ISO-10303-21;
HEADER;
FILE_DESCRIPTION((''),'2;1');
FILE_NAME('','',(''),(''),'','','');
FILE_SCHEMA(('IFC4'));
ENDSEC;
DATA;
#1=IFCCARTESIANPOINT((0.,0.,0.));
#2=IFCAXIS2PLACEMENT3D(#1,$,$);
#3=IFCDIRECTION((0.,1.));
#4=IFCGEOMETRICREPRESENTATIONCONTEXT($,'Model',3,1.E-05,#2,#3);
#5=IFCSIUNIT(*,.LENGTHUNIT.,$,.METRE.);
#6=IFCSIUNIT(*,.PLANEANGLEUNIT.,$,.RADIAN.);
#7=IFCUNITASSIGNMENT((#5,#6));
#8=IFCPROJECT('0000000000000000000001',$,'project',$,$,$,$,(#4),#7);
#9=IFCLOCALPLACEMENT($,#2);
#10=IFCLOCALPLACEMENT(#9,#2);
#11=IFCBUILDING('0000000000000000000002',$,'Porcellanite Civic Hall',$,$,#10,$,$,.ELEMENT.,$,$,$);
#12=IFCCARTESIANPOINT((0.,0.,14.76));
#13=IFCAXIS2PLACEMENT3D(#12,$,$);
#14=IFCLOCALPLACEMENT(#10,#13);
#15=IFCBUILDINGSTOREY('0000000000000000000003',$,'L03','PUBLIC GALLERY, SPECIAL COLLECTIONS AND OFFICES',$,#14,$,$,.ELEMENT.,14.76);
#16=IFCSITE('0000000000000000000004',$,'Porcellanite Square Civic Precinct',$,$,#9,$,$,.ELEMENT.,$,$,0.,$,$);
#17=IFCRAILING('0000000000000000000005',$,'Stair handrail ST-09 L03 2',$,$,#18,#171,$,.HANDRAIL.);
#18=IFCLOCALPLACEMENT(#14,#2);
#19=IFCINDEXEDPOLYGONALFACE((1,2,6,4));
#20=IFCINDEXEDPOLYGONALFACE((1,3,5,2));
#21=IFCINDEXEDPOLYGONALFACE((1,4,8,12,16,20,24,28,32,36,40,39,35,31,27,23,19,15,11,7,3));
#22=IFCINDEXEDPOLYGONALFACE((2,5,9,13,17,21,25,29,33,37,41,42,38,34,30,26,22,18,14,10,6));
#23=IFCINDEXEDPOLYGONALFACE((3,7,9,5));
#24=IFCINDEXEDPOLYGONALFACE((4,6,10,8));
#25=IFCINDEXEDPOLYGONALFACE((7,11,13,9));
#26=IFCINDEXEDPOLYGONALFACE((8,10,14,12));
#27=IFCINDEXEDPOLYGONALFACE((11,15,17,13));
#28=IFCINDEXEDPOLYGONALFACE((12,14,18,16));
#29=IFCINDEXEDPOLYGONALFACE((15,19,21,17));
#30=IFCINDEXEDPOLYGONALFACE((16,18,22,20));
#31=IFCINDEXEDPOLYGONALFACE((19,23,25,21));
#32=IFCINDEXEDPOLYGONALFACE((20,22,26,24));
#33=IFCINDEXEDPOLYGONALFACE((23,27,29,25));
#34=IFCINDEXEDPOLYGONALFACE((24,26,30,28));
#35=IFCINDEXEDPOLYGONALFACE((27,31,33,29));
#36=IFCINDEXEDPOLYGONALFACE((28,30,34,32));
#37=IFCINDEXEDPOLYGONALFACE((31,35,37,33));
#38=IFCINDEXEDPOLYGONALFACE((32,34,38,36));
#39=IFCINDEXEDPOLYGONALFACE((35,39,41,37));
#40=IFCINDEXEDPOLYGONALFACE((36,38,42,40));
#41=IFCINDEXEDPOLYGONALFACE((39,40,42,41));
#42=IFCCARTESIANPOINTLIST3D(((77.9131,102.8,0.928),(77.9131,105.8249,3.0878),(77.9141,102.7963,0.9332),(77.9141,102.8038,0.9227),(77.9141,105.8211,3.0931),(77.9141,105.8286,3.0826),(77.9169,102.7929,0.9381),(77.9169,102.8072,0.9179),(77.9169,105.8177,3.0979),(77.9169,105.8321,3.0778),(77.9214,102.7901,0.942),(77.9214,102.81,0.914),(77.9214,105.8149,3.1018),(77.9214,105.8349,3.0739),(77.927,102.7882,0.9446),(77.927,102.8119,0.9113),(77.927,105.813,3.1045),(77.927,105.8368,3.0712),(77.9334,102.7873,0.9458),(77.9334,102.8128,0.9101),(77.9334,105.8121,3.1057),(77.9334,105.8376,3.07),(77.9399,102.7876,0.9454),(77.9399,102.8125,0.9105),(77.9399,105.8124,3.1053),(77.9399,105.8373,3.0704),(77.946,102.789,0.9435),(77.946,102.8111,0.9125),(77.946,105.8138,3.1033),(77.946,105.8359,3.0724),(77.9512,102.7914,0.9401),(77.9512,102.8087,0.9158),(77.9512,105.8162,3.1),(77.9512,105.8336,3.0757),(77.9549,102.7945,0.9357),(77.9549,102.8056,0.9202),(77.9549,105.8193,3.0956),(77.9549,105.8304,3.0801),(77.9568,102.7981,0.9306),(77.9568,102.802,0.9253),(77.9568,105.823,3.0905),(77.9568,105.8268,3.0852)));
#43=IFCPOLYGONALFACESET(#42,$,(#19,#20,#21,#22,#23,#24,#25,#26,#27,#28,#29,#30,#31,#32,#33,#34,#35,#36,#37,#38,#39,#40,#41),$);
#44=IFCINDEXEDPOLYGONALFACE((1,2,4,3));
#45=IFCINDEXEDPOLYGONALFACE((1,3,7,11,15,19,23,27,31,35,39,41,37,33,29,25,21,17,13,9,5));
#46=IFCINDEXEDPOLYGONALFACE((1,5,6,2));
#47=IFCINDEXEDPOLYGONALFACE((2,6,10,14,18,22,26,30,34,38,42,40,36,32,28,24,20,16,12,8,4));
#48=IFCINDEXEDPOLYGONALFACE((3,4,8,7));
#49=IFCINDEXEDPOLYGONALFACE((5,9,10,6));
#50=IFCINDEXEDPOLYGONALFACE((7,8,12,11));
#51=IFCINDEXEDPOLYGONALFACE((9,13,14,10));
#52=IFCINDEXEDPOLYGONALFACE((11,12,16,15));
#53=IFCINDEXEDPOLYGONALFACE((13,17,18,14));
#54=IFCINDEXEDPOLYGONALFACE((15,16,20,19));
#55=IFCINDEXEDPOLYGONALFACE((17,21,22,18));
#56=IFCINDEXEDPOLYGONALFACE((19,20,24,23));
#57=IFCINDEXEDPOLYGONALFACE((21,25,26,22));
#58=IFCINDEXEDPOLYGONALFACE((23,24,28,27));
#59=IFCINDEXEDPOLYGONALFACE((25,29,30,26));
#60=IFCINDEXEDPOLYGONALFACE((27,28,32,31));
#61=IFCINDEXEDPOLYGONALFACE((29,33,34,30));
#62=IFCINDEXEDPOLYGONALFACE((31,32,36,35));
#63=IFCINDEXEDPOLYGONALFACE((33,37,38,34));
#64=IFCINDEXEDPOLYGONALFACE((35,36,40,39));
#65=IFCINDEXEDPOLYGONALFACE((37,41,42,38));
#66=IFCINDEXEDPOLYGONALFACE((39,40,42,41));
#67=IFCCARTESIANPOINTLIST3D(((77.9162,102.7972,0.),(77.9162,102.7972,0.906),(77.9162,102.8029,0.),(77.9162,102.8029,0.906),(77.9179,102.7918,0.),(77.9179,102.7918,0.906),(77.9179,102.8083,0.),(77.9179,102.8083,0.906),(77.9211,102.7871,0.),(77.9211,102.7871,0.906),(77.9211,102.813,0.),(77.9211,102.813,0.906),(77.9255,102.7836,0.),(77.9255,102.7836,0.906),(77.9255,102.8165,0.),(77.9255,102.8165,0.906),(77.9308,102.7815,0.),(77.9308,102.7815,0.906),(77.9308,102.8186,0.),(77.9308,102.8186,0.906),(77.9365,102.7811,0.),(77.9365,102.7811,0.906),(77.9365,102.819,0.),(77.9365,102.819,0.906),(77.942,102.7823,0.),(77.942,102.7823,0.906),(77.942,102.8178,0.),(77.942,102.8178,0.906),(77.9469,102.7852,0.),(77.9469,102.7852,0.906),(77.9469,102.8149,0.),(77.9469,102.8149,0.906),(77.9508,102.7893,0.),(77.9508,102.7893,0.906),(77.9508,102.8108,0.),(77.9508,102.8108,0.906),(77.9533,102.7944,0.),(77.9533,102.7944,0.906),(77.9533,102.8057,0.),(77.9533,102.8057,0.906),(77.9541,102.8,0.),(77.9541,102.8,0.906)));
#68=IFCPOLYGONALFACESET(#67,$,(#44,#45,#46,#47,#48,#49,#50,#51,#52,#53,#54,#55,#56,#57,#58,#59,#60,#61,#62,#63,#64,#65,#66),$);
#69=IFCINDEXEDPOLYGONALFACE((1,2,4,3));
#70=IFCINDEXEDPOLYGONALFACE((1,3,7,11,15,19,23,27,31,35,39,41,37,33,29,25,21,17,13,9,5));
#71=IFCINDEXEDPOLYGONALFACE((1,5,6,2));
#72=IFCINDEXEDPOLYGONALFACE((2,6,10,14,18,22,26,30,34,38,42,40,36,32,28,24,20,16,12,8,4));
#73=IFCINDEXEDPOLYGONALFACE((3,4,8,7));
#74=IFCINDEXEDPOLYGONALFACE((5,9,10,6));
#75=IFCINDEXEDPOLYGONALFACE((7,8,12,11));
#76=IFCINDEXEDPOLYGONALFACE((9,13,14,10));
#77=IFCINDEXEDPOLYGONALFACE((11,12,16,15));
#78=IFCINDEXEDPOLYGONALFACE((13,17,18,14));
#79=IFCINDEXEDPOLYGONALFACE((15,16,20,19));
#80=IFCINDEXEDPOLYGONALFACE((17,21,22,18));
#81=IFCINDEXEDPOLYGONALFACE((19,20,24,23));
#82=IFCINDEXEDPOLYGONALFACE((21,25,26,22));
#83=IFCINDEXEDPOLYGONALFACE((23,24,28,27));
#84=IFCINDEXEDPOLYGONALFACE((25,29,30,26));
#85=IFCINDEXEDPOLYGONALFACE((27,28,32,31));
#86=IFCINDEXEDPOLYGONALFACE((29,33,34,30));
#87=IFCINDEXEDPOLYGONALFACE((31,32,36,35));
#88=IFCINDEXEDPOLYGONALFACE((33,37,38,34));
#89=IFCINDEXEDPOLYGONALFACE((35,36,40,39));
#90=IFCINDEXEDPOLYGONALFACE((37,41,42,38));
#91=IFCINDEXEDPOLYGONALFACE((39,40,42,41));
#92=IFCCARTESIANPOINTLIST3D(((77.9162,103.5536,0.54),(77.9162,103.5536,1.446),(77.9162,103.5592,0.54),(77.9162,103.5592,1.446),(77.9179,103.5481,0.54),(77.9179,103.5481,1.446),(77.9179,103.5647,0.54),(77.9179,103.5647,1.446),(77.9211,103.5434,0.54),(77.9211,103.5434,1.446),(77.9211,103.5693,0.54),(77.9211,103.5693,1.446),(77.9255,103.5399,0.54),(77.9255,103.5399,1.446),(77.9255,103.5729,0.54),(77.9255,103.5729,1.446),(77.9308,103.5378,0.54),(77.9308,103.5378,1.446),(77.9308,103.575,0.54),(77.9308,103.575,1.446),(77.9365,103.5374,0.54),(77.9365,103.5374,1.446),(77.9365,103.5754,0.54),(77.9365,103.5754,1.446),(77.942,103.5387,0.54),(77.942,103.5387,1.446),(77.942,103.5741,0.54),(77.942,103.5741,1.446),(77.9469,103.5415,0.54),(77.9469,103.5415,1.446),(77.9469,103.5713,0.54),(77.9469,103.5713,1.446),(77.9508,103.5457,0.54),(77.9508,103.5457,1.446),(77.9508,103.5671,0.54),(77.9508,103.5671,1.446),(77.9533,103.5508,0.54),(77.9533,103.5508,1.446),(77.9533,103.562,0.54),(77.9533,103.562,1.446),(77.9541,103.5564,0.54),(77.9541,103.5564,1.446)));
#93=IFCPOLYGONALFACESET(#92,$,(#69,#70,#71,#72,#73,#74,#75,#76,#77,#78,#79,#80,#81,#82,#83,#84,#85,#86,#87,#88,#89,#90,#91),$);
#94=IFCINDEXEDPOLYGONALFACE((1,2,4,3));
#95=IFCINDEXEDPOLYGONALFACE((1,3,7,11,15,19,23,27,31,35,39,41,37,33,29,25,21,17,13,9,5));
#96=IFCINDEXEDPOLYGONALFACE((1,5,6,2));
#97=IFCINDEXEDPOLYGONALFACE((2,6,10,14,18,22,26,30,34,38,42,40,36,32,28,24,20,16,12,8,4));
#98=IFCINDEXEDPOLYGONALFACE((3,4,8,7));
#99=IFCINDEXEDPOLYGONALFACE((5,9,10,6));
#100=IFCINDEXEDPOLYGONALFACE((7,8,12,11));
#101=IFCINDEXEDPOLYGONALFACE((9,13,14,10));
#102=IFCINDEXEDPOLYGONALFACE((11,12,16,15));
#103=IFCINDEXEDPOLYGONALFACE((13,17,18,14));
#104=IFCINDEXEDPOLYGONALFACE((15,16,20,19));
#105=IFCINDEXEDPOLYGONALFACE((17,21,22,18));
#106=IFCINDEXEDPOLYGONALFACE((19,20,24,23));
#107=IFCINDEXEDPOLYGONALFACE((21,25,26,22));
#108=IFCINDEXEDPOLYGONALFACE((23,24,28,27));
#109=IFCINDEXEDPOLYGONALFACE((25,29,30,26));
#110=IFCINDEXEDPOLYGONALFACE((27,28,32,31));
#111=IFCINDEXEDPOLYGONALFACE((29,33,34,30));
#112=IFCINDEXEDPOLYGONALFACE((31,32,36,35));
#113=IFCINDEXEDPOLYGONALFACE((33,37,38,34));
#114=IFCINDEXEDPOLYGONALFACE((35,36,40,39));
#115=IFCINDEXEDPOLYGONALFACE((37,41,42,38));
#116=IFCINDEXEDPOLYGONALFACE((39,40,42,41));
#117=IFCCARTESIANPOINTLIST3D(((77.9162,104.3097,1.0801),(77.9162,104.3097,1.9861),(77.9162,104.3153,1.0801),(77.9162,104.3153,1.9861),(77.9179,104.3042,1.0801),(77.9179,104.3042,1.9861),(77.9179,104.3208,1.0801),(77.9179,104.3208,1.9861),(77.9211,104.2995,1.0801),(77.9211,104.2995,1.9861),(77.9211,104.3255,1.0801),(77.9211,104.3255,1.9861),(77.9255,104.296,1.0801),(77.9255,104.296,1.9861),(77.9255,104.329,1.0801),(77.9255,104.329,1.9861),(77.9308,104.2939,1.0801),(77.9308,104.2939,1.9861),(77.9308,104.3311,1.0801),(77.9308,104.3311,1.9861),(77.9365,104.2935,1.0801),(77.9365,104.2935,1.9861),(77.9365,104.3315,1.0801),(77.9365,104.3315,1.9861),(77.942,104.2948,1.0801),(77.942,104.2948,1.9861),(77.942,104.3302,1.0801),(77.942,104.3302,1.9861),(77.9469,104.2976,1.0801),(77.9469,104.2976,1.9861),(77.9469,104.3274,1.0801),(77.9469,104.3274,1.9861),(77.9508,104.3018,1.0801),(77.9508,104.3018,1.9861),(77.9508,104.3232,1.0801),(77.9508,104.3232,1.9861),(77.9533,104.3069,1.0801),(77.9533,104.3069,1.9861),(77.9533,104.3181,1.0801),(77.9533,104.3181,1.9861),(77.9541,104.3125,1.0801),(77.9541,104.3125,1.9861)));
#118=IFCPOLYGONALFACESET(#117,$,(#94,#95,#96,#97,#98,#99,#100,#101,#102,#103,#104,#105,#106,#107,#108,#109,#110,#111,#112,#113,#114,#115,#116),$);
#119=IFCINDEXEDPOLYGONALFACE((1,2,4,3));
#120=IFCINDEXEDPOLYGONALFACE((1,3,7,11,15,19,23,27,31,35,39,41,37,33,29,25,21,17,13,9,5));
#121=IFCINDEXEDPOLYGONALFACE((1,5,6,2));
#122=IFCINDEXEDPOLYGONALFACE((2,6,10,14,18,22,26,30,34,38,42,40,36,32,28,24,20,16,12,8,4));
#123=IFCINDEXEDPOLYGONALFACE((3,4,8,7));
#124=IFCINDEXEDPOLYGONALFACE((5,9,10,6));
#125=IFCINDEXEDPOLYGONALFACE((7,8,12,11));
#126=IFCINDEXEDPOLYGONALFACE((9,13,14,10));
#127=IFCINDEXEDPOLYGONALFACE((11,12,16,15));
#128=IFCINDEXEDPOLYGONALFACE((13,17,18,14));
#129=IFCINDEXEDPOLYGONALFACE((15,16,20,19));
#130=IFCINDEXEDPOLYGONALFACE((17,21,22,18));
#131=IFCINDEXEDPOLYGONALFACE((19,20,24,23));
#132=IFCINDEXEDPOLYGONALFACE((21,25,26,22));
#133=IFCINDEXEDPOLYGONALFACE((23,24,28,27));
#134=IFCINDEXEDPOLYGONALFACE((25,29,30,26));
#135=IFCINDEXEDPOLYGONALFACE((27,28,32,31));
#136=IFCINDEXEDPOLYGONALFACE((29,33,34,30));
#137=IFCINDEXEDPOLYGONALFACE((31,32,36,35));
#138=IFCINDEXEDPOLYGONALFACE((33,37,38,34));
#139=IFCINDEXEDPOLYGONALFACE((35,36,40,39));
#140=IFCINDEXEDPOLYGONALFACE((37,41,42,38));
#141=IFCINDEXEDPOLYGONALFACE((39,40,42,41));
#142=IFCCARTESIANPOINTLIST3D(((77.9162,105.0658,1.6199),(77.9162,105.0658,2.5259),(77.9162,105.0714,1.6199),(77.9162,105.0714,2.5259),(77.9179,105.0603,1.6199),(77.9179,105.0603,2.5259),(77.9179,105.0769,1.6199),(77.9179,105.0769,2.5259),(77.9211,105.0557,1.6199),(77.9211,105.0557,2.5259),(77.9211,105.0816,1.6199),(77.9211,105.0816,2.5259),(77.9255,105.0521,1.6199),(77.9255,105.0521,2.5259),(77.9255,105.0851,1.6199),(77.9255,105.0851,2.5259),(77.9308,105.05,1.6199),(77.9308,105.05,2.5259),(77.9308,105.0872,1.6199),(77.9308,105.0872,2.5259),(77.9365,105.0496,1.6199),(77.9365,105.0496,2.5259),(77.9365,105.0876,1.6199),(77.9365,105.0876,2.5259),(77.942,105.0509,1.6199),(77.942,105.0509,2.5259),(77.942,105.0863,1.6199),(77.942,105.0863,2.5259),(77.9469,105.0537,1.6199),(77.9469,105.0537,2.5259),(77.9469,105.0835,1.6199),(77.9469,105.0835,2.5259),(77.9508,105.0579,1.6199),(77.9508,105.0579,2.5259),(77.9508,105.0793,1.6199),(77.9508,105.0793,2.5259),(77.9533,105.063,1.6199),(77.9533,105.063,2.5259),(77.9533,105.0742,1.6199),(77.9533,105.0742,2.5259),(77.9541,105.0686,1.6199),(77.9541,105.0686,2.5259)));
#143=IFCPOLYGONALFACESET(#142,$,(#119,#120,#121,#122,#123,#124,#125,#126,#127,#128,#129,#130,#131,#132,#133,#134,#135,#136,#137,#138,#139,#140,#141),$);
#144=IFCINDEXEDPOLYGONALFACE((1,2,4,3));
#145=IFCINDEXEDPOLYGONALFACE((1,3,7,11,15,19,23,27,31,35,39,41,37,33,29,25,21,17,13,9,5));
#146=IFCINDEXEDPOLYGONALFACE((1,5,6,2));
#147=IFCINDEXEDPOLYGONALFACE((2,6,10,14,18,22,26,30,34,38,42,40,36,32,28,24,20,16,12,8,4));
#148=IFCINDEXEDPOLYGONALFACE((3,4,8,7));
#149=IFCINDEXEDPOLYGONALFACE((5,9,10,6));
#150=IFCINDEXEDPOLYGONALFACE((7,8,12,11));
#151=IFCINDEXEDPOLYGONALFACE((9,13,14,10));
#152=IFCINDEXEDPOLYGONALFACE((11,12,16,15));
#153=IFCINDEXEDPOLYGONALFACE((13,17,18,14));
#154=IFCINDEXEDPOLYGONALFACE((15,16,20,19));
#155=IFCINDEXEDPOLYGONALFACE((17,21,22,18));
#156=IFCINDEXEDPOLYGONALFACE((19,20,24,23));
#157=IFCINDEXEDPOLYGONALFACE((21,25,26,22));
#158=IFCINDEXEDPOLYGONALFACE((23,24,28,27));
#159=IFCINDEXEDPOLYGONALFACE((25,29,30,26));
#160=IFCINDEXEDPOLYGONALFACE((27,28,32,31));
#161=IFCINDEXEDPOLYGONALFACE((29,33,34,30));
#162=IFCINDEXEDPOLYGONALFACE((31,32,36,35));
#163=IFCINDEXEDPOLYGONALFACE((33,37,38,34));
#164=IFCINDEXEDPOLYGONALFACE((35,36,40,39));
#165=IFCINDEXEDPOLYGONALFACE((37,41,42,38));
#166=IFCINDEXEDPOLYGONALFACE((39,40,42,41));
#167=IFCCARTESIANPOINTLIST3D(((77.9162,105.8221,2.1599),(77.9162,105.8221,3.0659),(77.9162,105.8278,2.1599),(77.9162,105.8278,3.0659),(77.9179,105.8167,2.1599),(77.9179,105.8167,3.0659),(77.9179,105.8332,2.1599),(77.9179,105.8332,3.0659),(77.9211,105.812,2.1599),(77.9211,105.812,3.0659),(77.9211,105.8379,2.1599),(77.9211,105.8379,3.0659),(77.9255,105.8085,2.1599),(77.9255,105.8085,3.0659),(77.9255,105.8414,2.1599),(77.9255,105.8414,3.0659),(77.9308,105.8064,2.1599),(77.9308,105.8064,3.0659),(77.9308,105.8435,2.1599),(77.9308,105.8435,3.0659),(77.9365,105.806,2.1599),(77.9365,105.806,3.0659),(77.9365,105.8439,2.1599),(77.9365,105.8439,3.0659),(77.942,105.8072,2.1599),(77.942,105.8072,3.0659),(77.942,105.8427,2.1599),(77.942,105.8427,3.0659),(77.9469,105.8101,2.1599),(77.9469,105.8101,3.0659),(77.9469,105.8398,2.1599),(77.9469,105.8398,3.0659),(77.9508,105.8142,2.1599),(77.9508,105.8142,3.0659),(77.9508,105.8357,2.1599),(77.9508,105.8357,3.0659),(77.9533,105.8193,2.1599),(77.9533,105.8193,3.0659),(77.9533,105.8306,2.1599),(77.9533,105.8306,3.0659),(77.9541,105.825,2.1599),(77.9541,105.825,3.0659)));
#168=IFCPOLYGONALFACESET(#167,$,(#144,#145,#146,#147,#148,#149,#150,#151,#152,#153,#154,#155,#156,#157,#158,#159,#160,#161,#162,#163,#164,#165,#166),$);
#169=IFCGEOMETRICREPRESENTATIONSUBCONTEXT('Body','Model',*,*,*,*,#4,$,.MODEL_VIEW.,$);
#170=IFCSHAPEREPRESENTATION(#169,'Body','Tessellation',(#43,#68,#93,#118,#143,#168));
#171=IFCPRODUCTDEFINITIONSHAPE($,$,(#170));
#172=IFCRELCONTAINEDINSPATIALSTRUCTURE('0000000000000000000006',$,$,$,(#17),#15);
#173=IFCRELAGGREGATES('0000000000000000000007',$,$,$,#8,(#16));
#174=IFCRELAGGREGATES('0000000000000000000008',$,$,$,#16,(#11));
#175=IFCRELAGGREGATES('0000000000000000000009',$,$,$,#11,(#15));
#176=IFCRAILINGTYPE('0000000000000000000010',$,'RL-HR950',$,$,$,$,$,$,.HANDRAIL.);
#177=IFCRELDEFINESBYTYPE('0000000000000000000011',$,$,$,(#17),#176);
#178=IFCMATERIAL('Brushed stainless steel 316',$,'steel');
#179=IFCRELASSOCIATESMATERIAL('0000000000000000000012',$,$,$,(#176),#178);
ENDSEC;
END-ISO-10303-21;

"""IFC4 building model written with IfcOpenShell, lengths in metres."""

from ifc_helpers import new_model, si_unit, direction, frame, origin, origin_2d, place, context, subcontext, project, spatial, circle, extrude, material, type_object, element, save


model = new_model("IFC4")

# Units and contexts
model_context = context("Model", 3, precision=1e-05, world=origin(), true_north=direction((0.0, 1.0)))
body_context = subcontext(model_context, "Body", "Model", "MODEL_VIEW")
ifc_project = project(units=[si_unit("LENGTHUNIT", "METRE"), si_unit("PLANEANGLEUNIT", "RADIAN")], contexts=[model_context])

# Site, building, storey
site_placement = place(None, origin())
site = spatial("IfcSite", under=ifc_project, at=site_placement, Name="Porcellanite Square Civic Precinct", CompositionType="ELEMENT", RefElevation=0.0)
building_placement = place(site_placement, origin())
building = spatial("IfcBuilding", under=site, at=building_placement, Name="Porcellanite Civic Hall", CompositionType="ELEMENT")
storey_placement = place(building_placement, frame((0.0, 0.0, 14.76)))
storey = spatial("IfcBuildingStorey", under=building, at=storey_placement, Name="L03", Description="PUBLIC GALLERY, SPECIAL COLLECTIONS AND OFFICES", CompositionType="ELEMENT", Elevation=14.76)

# Railing
ifc_material_1 = material(Name="Brushed stainless steel 316", Category="steel")
railing_type_1 = type_object("IfcRailingType", Name="RL-HR950", PredefinedType="HANDRAIL", material=ifc_material_1)
railing_1_placement = place(storey_placement, frame((77.9351, 102.8, 0.0)))
element("IfcRailing", 1, at=railing_1_placement, inside=storey, type_object=railing_type_1, Name="Stair handrail ST-09 L03 2", PredefinedType="HANDRAIL", context=body_context, shape_type="SweptSolid", body=[
    extrude(circle(Radius=0.022, at=origin_2d()), frame((0.0, 0.0, 0.928), z_axis=(0.0, 0.813827, 0.581108), x_axis=(-1.0, 0.0, 0.0)), (0.0, 0.0, 1.0), 3.7168),
    extrude(circle(Radius=0.019, at=origin_2d()), origin(), (0.0, 0.0, 1.0), 0.906),
    extrude(circle(Radius=0.019, at=origin_2d()), frame((0.0, 0.7563, 0.54)), (0.0, 0.0, 1.0), 0.906),
    extrude(circle(Radius=0.019, at=origin_2d()), frame((0.0, 1.5125, 1.0801)), (0.0, 0.0, 1.0), 0.906),
    extrude(circle(Radius=0.019, at=origin_2d()), frame((0.0, 2.2686, 1.6199)), (0.0, 0.0, 1.0), 0.906),
    extrude(circle(Radius=0.019, at=origin_2d()), frame((0.0, 3.0249, 2.1599)), (0.0, 0.0, 1.0), 0.906),
])

save(model, "model.ifc")
